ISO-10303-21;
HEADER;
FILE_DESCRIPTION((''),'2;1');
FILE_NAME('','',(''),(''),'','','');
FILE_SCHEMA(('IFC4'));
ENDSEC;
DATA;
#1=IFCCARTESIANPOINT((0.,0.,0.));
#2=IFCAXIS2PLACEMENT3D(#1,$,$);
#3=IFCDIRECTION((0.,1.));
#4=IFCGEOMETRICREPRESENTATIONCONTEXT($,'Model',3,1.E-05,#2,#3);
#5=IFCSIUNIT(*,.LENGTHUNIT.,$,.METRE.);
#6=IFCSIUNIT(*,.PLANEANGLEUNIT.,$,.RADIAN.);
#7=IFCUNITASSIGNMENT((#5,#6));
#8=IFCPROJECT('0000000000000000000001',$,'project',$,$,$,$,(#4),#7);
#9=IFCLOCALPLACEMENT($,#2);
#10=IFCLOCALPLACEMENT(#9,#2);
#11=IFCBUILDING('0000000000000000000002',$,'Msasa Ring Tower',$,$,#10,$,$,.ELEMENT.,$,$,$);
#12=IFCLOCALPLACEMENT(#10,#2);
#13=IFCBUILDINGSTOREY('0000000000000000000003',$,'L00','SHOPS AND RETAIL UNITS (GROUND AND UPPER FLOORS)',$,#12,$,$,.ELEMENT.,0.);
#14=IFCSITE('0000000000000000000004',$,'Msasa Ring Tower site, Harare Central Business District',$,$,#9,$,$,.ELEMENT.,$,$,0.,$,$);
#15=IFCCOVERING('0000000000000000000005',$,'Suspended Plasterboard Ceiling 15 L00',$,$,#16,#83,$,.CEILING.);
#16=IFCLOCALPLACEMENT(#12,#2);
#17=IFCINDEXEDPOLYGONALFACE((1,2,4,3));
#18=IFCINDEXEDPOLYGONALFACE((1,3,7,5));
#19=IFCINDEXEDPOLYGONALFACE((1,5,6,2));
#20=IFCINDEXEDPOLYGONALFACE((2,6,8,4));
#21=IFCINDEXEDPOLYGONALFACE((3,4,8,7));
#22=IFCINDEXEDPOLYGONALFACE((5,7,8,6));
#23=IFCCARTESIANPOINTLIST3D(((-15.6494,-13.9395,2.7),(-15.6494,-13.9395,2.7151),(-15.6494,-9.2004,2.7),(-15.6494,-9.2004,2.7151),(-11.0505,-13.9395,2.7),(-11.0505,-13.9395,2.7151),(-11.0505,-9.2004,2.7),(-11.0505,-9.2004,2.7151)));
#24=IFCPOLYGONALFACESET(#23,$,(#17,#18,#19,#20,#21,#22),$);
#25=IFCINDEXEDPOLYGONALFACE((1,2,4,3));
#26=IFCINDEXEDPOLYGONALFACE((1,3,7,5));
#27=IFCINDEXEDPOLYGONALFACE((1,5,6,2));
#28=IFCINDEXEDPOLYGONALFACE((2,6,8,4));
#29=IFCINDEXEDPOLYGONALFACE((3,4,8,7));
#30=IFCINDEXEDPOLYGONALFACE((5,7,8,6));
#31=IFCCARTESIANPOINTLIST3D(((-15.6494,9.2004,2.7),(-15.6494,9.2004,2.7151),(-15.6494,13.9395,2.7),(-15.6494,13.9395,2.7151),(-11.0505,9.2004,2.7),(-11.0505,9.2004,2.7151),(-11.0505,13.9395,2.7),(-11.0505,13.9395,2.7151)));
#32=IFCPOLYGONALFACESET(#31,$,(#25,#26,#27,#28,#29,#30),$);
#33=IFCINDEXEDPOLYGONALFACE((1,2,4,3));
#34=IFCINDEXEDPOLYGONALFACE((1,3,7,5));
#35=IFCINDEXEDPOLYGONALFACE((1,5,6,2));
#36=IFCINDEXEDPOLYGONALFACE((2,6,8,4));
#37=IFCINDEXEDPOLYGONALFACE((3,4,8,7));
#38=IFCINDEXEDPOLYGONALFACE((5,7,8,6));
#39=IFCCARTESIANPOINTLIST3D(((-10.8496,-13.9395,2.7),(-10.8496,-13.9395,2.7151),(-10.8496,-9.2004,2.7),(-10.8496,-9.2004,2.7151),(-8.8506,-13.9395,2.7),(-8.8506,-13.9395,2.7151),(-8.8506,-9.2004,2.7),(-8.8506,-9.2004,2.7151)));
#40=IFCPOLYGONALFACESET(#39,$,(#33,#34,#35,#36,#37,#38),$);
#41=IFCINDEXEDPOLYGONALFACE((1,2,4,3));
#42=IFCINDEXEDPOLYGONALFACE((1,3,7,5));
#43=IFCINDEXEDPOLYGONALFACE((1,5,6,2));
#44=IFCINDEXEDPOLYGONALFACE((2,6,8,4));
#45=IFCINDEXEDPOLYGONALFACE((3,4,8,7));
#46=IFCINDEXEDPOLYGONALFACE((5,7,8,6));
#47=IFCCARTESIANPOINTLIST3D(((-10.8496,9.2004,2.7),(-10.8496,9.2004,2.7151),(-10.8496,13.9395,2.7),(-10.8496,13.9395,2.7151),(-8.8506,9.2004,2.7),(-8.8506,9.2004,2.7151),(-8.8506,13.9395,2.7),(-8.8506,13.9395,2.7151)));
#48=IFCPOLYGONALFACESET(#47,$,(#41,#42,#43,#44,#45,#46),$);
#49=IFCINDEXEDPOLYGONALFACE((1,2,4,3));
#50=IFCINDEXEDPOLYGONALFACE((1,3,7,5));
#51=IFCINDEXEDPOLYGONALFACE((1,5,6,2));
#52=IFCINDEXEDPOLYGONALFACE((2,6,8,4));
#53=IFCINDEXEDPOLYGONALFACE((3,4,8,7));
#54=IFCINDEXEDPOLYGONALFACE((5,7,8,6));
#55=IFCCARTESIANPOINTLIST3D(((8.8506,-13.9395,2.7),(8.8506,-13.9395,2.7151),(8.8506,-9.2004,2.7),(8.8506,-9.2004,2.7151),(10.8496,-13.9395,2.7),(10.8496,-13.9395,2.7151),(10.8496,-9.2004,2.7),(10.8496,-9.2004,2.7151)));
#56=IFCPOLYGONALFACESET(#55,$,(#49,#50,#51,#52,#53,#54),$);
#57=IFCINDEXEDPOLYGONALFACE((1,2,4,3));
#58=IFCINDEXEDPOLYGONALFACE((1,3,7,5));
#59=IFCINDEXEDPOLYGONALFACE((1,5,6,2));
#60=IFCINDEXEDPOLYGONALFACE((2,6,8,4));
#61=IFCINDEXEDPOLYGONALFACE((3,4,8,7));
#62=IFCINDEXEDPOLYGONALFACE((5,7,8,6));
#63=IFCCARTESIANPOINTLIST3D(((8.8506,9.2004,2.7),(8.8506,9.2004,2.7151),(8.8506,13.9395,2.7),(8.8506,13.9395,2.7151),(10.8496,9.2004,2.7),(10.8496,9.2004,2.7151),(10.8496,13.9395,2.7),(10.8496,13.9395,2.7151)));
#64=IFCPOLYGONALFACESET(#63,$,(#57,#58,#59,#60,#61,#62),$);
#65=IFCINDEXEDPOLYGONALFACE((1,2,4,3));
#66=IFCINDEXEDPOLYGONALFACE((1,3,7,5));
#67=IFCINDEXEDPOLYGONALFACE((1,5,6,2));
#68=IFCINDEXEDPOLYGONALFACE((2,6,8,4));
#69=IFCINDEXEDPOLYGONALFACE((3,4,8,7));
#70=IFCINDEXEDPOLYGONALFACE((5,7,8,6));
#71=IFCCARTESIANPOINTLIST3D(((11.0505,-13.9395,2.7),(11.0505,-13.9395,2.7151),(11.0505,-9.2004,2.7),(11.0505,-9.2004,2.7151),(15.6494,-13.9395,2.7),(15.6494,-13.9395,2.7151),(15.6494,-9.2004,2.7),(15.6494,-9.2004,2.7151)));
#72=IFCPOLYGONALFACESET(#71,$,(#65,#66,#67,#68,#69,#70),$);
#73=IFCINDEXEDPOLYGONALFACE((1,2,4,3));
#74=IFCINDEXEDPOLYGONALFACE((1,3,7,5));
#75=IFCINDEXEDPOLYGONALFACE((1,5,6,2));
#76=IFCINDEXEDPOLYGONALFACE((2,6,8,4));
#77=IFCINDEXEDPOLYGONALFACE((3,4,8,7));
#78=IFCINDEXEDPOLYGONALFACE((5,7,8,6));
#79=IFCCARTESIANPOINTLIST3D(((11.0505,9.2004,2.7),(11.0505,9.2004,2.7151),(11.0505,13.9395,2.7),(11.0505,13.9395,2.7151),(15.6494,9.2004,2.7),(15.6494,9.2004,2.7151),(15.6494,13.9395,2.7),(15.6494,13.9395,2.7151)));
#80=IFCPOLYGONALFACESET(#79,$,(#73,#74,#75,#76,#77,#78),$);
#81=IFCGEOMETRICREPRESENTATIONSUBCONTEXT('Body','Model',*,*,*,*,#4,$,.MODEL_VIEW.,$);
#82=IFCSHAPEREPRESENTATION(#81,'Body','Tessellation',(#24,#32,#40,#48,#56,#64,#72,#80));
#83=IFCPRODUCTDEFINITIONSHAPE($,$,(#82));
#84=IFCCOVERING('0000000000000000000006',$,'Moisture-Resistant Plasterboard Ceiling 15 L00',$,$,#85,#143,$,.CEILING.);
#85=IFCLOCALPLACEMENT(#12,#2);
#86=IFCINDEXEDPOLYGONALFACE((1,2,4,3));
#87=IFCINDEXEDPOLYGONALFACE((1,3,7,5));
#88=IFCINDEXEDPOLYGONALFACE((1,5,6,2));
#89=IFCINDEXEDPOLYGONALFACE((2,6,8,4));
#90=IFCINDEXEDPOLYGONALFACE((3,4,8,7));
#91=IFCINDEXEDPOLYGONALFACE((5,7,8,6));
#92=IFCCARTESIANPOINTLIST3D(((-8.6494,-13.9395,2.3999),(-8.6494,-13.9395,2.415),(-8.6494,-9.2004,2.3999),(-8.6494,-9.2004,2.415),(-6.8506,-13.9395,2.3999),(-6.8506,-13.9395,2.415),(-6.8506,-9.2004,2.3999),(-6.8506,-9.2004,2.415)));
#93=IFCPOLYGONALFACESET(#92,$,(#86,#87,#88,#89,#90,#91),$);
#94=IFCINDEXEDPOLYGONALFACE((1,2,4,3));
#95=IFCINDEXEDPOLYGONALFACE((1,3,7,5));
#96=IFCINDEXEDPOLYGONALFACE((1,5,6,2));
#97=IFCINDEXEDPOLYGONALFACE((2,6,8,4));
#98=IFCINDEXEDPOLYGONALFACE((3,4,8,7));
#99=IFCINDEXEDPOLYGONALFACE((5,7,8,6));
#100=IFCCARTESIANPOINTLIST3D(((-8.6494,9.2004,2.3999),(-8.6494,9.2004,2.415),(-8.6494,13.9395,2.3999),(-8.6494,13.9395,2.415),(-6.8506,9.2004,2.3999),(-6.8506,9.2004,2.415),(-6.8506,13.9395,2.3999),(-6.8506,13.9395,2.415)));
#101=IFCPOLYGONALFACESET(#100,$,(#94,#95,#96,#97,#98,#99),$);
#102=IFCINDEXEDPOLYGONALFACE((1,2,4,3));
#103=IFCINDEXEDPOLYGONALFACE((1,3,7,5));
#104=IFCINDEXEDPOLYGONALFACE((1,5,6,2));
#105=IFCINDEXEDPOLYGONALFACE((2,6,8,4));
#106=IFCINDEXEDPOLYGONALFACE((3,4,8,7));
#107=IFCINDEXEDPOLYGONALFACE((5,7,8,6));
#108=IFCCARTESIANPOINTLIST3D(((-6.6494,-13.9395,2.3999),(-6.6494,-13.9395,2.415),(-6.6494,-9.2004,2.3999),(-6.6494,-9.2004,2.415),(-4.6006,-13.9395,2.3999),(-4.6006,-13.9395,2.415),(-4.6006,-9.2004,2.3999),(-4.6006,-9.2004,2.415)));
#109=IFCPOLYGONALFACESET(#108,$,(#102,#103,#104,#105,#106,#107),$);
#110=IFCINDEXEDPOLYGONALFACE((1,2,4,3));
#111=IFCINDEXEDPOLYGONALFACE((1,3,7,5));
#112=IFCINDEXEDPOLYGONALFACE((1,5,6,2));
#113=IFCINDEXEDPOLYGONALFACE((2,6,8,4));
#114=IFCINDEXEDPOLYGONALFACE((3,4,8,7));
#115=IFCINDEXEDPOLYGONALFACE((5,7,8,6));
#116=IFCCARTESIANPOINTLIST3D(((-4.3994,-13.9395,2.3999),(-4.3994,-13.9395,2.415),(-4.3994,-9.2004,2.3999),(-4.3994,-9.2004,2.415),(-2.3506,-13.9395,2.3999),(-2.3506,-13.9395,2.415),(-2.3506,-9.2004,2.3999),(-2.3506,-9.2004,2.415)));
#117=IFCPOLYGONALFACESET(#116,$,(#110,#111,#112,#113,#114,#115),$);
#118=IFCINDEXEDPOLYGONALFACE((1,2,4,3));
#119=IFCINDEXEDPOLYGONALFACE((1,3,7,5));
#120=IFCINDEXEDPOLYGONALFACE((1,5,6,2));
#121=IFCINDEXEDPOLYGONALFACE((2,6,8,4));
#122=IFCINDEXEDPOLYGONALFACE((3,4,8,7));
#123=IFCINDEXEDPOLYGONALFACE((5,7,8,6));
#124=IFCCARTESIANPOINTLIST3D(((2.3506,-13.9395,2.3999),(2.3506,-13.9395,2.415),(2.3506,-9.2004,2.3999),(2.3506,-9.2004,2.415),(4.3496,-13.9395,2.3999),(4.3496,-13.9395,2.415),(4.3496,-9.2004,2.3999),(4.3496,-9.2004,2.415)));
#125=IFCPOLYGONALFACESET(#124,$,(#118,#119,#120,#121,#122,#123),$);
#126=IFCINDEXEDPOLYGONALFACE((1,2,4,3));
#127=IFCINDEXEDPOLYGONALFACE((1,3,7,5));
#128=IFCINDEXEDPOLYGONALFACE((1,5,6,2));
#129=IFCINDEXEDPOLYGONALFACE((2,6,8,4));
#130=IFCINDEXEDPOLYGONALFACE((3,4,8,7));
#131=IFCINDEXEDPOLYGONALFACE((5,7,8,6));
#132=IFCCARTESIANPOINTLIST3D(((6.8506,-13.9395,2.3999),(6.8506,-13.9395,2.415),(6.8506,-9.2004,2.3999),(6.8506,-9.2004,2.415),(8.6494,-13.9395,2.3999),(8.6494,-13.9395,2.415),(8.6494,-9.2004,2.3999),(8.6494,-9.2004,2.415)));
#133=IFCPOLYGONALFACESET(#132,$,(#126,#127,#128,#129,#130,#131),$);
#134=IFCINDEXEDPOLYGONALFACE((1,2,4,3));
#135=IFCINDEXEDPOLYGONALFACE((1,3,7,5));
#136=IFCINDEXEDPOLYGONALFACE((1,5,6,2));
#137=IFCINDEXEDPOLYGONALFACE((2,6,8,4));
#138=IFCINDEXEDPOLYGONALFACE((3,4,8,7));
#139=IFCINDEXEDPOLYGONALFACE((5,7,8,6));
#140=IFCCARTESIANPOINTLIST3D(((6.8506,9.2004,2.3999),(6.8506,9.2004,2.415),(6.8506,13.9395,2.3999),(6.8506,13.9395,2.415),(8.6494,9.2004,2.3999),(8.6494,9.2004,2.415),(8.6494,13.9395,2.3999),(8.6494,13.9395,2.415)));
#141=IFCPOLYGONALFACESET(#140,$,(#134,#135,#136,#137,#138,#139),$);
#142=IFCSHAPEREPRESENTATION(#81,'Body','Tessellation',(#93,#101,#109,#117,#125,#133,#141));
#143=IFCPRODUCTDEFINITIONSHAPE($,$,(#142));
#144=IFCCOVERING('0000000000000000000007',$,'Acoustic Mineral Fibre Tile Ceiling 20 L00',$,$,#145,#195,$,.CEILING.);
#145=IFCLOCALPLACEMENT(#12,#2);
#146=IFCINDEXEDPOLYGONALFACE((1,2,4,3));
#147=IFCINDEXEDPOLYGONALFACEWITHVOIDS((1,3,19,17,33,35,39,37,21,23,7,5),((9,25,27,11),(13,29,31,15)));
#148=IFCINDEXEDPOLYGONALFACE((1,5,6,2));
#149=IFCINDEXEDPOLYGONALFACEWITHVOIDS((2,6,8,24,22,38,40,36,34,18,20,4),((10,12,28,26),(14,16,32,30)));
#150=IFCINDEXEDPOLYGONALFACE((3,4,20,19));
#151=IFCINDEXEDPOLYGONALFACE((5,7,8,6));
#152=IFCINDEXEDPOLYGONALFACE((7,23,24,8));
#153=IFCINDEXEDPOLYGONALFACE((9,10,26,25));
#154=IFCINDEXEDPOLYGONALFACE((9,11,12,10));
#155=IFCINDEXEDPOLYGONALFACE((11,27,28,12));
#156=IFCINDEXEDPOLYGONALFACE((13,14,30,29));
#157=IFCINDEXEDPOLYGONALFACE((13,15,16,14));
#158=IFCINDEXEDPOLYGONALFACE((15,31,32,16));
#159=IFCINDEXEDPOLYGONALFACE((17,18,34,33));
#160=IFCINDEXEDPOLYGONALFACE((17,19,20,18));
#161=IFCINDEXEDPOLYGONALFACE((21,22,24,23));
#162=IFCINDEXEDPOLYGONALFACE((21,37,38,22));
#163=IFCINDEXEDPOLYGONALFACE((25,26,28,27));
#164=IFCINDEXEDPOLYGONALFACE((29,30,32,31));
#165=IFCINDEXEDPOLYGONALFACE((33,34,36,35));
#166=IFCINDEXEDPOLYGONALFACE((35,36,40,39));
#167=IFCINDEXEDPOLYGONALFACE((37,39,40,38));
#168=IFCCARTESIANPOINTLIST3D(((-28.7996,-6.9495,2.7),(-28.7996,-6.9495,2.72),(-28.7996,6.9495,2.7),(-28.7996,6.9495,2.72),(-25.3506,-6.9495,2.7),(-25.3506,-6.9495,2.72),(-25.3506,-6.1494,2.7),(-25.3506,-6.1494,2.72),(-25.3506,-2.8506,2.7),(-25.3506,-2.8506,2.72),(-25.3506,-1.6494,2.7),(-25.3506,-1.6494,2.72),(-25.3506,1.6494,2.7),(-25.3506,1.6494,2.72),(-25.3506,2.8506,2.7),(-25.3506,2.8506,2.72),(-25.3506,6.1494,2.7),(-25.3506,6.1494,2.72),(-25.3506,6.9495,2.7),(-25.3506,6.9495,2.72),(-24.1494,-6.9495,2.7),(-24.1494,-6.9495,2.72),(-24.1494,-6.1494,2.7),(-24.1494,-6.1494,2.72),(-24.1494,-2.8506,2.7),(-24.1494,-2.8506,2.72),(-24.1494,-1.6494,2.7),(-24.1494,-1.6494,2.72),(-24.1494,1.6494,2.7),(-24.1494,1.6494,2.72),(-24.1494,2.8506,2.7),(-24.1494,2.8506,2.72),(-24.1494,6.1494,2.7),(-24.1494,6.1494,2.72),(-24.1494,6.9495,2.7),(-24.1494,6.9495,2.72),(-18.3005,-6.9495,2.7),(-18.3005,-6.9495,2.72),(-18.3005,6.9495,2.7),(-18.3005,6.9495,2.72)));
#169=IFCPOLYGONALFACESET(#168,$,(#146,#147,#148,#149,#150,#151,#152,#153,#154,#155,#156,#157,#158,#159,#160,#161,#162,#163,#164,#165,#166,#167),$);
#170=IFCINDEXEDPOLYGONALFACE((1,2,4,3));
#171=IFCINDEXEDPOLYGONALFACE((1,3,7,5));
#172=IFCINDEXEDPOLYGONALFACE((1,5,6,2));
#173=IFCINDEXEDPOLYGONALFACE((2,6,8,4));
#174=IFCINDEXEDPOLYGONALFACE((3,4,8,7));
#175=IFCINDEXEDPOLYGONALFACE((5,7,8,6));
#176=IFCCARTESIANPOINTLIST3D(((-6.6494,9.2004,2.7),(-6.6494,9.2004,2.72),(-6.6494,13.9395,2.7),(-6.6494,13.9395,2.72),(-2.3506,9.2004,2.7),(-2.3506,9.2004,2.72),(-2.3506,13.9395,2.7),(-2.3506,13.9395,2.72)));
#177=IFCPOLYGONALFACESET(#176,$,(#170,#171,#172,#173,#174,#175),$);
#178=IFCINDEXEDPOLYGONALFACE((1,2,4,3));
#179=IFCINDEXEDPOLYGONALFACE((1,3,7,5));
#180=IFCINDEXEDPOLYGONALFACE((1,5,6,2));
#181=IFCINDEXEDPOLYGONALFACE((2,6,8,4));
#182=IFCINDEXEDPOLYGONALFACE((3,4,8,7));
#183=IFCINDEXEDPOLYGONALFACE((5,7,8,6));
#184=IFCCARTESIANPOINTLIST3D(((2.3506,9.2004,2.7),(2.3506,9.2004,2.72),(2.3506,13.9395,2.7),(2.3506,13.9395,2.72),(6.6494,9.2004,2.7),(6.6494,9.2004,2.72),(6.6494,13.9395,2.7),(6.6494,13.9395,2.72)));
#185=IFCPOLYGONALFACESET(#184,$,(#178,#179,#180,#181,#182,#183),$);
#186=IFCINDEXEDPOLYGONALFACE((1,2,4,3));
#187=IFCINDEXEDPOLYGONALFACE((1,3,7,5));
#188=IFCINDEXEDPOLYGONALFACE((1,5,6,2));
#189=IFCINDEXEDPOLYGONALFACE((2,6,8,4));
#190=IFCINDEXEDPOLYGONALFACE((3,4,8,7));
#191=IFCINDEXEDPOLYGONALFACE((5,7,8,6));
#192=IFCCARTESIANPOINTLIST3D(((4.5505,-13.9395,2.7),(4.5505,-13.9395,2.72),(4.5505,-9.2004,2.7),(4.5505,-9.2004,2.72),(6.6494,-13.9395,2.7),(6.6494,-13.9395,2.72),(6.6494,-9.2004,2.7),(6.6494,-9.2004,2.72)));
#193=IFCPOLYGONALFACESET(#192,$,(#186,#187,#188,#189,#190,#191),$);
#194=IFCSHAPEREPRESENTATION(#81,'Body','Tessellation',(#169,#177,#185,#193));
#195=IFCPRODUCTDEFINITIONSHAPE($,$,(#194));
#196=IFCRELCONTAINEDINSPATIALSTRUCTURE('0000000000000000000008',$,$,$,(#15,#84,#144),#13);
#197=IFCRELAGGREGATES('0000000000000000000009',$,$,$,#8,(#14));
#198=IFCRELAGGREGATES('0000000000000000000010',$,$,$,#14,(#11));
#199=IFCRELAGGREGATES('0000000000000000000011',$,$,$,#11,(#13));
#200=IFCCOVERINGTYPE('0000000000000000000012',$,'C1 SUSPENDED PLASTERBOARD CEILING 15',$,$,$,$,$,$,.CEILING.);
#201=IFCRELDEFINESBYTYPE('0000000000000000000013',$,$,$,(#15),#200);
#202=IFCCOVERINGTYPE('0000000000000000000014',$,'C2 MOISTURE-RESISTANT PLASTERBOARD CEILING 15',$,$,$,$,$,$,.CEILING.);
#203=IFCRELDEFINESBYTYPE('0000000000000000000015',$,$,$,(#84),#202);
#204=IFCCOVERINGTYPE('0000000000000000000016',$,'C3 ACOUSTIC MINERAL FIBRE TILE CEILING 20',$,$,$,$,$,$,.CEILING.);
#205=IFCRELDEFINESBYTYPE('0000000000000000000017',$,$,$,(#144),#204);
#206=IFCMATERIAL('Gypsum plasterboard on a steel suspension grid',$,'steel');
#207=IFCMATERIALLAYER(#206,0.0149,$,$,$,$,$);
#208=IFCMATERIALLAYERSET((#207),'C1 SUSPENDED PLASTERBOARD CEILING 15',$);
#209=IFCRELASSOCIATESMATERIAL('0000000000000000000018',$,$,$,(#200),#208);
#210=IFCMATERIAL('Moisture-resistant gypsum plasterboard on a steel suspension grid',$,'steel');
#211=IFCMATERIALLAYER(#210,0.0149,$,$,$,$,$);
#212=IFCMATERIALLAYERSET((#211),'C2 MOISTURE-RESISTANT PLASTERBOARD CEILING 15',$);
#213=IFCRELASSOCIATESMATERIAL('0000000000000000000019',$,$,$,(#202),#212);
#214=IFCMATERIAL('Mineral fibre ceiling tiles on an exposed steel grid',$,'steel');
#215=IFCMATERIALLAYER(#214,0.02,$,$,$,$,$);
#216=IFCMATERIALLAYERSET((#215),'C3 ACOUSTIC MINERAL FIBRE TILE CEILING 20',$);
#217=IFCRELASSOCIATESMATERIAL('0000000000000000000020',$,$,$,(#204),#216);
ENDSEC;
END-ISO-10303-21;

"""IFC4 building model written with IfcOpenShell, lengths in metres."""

from ifc_helpers import new_model, si_unit, direction, frame, origin, place, context, subcontext, project, spatial, line, indexed_curve, outline, extrude, material, layer, layer_set, type_object, element, save


model = new_model("IFC4")

# Units and contexts
model_context = context("Model", 3, precision=1e-05, world=origin(), true_north=direction((0.0, 1.0)))
body_context = subcontext(model_context, "Body", "Model", "MODEL_VIEW")
ifc_project = project(units=[si_unit("LENGTHUNIT", "METRE"), si_unit("PLANEANGLEUNIT", "RADIAN")], contexts=[model_context])

# Site, building, storey
site_placement = place(None, origin())
site = spatial("IfcSite", under=ifc_project, at=site_placement, Name="Msasa Ring Tower site, Harare Central Business District", CompositionType="ELEMENT", RefElevation=0.0)
building_placement = place(site_placement, origin())
building = spatial("IfcBuilding", under=site, at=building_placement, Name="Msasa Ring Tower", CompositionType="ELEMENT")
storey_placement = place(building_placement, origin())
storey = spatial("IfcBuildingStorey", under=building, at=storey_placement, Name="L00", Description="SHOPS AND RETAIL UNITS (GROUND AND UPPER FLOORS)", CompositionType="ELEMENT", Elevation=0.0)

# Coverings
ifc_material_1 = material(Name="Gypsum plasterboard on a steel suspension grid", Category="steel")
ifc_layer_1 = layer(ifc_material_1, 0.0149)
ifc_layer_set_1 = layer_set([ifc_layer_1], Name="C1 SUSPENDED PLASTERBOARD CEILING 15")
covering_type_1 = type_object("IfcCoveringType", Name="C1 SUSPENDED PLASTERBOARD CEILING 15", PredefinedType="CEILING", material=ifc_layer_set_1)
covering_1_placement = place(storey_placement, frame((0.0, 0.0, 2.7)))
element("IfcCovering", 1, at=covering_1_placement, inside=storey, type_object=covering_type_1, Name="Suspended Plasterboard Ceiling 15 L00", PredefinedType="CEILING", context=body_context, shape_type="SweptSolid", body=[
    extrude(outline(indexed_curve([(-15.6494, -13.9395), (-15.6494, -9.2004), (-11.0505, -9.2004), (-11.0505, -13.9395)], segments=[line(1, 2, 3, 4, 1)], self_intersect=False)), origin(), (0.0, 0.0, 1.0), 0.0151),
    extrude(outline(indexed_curve([(-15.6494, 9.2004), (-15.6494, 13.9395), (-11.0505, 13.9395), (-11.0505, 9.2004)], segments=[line(1, 2, 3, 4, 1)], self_intersect=False)), origin(), (0.0, 0.0, 1.0), 0.0151),
    extrude(outline(indexed_curve([(-10.8496, -13.9395), (-10.8496, -9.2004), (-8.8506, -9.2004), (-8.8506, -13.9395)], segments=[line(1, 2, 3, 4, 1)], self_intersect=False)), origin(), (0.0, 0.0, 1.0), 0.0151),
    extrude(outline(indexed_curve([(-10.8496, 9.2004), (-10.8496, 13.9395), (-8.8506, 13.9395), (-8.8506, 9.2004)], segments=[line(1, 2, 3, 4, 1)], self_intersect=False)), origin(), (0.0, 0.0, 1.0), 0.0151),
    extrude(outline(indexed_curve([(8.8506, -13.9395), (8.8506, -9.2004), (10.8496, -9.2004), (10.8496, -13.9395)], segments=[line(1, 2, 3, 4, 1)], self_intersect=False)), origin(), (0.0, 0.0, 1.0), 0.0151),
    extrude(outline(indexed_curve([(8.8506, 9.2004), (8.8506, 13.9395), (10.8496, 13.9395), (10.8496, 9.2004)], segments=[line(1, 2, 3, 4, 1)], self_intersect=False)), origin(), (0.0, 0.0, 1.0), 0.0151),
    extrude(outline(indexed_curve([(11.0505, -13.9395), (11.0505, -9.2004), (15.6494, -9.2004), (15.6494, -13.9395)], segments=[line(1, 2, 3, 4, 1)], self_intersect=False)), origin(), (0.0, 0.0, 1.0), 0.0151),
    extrude(outline(indexed_curve([(11.0505, 9.2004), (11.0505, 13.9395), (15.6494, 13.9395), (15.6494, 9.2004)], segments=[line(1, 2, 3, 4, 1)], self_intersect=False)), origin(), (0.0, 0.0, 1.0), 0.0151),
])
ifc_material_2 = material(Name="Moisture-resistant gypsum plasterboard on a steel suspension grid", Category="steel")
ifc_layer_2 = layer(ifc_material_2, 0.0149)
ifc_layer_set_2 = layer_set([ifc_layer_2], Name="C2 MOISTURE-RESISTANT PLASTERBOARD CEILING 15")
covering_type_2 = type_object("IfcCoveringType", Name="C2 MOISTURE-RESISTANT PLASTERBOARD CEILING 15", PredefinedType="CEILING", material=ifc_layer_set_2)
covering_2_placement = place(storey_placement, frame((0.0, 0.0, 2.3999)))
element("IfcCovering", 2, at=covering_2_placement, inside=storey, type_object=covering_type_2, Name="Moisture-Resistant Plasterboard Ceiling 15 L00", PredefinedType="CEILING", context=body_context, shape_type="SweptSolid", body=[
    extrude(outline(indexed_curve([(-8.6494, -13.9395), (-8.6494, -9.2004), (-6.8506, -9.2004), (-6.8506, -13.9395)], segments=[line(1, 2, 3, 4, 1)], self_intersect=False)), origin(), (0.0, 0.0, 1.0), 0.0151),
    extrude(outline(indexed_curve([(-8.6494, 9.2004), (-8.6494, 13.9395), (-6.8506, 13.9395), (-6.8506, 9.2004)], segments=[line(1, 2, 3, 4, 1)], self_intersect=False)), origin(), (0.0, 0.0, 1.0), 0.0151),
    extrude(outline(indexed_curve([(-6.6494, -13.9395), (-6.6494, -9.2004), (-4.6006, -9.2004), (-4.6006, -13.9395)], segments=[line(1, 2, 3, 4, 1)], self_intersect=False)), origin(), (0.0, 0.0, 1.0), 0.0151),
    extrude(outline(indexed_curve([(-4.3994, -13.9395), (-4.3994, -9.2004), (-2.3506, -9.2004), (-2.3506, -13.9395)], segments=[line(1, 2, 3, 4, 1)], self_intersect=False)), origin(), (0.0, 0.0, 1.0), 0.0151),
    extrude(outline(indexed_curve([(2.3506, -13.9395), (2.3506, -9.2004), (4.3496, -9.2004), (4.3496, -13.9395)], segments=[line(1, 2, 3, 4, 1)], self_intersect=False)), origin(), (0.0, 0.0, 1.0), 0.0151),
    extrude(outline(indexed_curve([(6.8506, -13.9395), (6.8506, -9.2004), (8.6494, -9.2004), (8.6494, -13.9395)], segments=[line(1, 2, 3, 4, 1)], self_intersect=False)), origin(), (0.0, 0.0, 1.0), 0.0151),
    extrude(outline(indexed_curve([(6.8506, 9.2004), (6.8506, 13.9395), (8.6494, 13.9395), (8.6494, 9.2004)], segments=[line(1, 2, 3, 4, 1)], self_intersect=False)), origin(), (0.0, 0.0, 1.0), 0.0151),
])
ifc_material_3 = material(Name="Mineral fibre ceiling tiles on an exposed steel grid", Category="steel")
ifc_layer_3 = layer(ifc_material_3, 0.02)
ifc_layer_set_3 = layer_set([ifc_layer_3], Name="C3 ACOUSTIC MINERAL FIBRE TILE CEILING 20")
covering_type_3 = type_object("IfcCoveringType", Name="C3 ACOUSTIC MINERAL FIBRE TILE CEILING 20", PredefinedType="CEILING", material=ifc_layer_set_3)
covering_3_placement = place(storey_placement, frame((0.0, 0.0, 2.7)))
element("IfcCovering", 3, at=covering_3_placement, inside=storey, type_object=covering_type_3, Name="Acoustic Mineral Fibre Tile Ceiling 20 L00", PredefinedType="CEILING", context=body_context, shape_type="SweptSolid", body=[
    extrude(outline(indexed_curve([(-28.7996, 6.9495), (-25.3506, 6.9495), (-25.3506, 6.1494), (-24.1494, 6.1494), (-24.1494, 6.9495), (-18.3005, 6.9495), (-18.3005, -6.9495), (-24.1494, -6.9495), (-24.1494, -6.1494), (-25.3506, -6.1494), (-25.3506, -6.9495), (-28.7996, -6.9495)], segments=[line(1, 2, 3, 4, 5, 6, 7, 8, 9, 10, 11, 12, 1)], self_intersect=False), holes=[indexed_curve([(-24.1494, -1.6494), (-25.3506, -1.6494), (-25.3506, -2.8506), (-24.1494, -2.8506)], segments=[line(1, 2, 3, 4, 1)], self_intersect=False), indexed_curve([(-25.3506, 2.8506), (-25.3506, 1.6494), (-24.1494, 1.6494), (-24.1494, 2.8506)], segments=[line(1, 2, 3, 4, 1)], self_intersect=False)]), origin(), (0.0, 0.0, 1.0), 0.02),
    extrude(outline(indexed_curve([(-2.3506, 9.2004), (-6.6494, 9.2004), (-6.6494, 13.9395), (-2.3506, 13.9395)], segments=[line(1, 2, 3, 4, 1)], self_intersect=False)), origin(), (0.0, 0.0, 1.0), 0.02),
    extrude(outline(indexed_curve([(2.3506, 9.2004), (2.3506, 13.9395), (6.6494, 13.9395), (6.6494, 9.2004)], segments=[line(1, 2, 3, 4, 1)], self_intersect=False)), origin(), (0.0, 0.0, 1.0), 0.02),
    extrude(outline(indexed_curve([(4.5505, -13.9395), (4.5505, -9.2004), (6.6494, -9.2004), (6.6494, -13.9395)], segments=[line(1, 2, 3, 4, 1)], self_intersect=False)), origin(), (0.0, 0.0, 1.0), 0.02),
])

save(model, "model.ifc")
